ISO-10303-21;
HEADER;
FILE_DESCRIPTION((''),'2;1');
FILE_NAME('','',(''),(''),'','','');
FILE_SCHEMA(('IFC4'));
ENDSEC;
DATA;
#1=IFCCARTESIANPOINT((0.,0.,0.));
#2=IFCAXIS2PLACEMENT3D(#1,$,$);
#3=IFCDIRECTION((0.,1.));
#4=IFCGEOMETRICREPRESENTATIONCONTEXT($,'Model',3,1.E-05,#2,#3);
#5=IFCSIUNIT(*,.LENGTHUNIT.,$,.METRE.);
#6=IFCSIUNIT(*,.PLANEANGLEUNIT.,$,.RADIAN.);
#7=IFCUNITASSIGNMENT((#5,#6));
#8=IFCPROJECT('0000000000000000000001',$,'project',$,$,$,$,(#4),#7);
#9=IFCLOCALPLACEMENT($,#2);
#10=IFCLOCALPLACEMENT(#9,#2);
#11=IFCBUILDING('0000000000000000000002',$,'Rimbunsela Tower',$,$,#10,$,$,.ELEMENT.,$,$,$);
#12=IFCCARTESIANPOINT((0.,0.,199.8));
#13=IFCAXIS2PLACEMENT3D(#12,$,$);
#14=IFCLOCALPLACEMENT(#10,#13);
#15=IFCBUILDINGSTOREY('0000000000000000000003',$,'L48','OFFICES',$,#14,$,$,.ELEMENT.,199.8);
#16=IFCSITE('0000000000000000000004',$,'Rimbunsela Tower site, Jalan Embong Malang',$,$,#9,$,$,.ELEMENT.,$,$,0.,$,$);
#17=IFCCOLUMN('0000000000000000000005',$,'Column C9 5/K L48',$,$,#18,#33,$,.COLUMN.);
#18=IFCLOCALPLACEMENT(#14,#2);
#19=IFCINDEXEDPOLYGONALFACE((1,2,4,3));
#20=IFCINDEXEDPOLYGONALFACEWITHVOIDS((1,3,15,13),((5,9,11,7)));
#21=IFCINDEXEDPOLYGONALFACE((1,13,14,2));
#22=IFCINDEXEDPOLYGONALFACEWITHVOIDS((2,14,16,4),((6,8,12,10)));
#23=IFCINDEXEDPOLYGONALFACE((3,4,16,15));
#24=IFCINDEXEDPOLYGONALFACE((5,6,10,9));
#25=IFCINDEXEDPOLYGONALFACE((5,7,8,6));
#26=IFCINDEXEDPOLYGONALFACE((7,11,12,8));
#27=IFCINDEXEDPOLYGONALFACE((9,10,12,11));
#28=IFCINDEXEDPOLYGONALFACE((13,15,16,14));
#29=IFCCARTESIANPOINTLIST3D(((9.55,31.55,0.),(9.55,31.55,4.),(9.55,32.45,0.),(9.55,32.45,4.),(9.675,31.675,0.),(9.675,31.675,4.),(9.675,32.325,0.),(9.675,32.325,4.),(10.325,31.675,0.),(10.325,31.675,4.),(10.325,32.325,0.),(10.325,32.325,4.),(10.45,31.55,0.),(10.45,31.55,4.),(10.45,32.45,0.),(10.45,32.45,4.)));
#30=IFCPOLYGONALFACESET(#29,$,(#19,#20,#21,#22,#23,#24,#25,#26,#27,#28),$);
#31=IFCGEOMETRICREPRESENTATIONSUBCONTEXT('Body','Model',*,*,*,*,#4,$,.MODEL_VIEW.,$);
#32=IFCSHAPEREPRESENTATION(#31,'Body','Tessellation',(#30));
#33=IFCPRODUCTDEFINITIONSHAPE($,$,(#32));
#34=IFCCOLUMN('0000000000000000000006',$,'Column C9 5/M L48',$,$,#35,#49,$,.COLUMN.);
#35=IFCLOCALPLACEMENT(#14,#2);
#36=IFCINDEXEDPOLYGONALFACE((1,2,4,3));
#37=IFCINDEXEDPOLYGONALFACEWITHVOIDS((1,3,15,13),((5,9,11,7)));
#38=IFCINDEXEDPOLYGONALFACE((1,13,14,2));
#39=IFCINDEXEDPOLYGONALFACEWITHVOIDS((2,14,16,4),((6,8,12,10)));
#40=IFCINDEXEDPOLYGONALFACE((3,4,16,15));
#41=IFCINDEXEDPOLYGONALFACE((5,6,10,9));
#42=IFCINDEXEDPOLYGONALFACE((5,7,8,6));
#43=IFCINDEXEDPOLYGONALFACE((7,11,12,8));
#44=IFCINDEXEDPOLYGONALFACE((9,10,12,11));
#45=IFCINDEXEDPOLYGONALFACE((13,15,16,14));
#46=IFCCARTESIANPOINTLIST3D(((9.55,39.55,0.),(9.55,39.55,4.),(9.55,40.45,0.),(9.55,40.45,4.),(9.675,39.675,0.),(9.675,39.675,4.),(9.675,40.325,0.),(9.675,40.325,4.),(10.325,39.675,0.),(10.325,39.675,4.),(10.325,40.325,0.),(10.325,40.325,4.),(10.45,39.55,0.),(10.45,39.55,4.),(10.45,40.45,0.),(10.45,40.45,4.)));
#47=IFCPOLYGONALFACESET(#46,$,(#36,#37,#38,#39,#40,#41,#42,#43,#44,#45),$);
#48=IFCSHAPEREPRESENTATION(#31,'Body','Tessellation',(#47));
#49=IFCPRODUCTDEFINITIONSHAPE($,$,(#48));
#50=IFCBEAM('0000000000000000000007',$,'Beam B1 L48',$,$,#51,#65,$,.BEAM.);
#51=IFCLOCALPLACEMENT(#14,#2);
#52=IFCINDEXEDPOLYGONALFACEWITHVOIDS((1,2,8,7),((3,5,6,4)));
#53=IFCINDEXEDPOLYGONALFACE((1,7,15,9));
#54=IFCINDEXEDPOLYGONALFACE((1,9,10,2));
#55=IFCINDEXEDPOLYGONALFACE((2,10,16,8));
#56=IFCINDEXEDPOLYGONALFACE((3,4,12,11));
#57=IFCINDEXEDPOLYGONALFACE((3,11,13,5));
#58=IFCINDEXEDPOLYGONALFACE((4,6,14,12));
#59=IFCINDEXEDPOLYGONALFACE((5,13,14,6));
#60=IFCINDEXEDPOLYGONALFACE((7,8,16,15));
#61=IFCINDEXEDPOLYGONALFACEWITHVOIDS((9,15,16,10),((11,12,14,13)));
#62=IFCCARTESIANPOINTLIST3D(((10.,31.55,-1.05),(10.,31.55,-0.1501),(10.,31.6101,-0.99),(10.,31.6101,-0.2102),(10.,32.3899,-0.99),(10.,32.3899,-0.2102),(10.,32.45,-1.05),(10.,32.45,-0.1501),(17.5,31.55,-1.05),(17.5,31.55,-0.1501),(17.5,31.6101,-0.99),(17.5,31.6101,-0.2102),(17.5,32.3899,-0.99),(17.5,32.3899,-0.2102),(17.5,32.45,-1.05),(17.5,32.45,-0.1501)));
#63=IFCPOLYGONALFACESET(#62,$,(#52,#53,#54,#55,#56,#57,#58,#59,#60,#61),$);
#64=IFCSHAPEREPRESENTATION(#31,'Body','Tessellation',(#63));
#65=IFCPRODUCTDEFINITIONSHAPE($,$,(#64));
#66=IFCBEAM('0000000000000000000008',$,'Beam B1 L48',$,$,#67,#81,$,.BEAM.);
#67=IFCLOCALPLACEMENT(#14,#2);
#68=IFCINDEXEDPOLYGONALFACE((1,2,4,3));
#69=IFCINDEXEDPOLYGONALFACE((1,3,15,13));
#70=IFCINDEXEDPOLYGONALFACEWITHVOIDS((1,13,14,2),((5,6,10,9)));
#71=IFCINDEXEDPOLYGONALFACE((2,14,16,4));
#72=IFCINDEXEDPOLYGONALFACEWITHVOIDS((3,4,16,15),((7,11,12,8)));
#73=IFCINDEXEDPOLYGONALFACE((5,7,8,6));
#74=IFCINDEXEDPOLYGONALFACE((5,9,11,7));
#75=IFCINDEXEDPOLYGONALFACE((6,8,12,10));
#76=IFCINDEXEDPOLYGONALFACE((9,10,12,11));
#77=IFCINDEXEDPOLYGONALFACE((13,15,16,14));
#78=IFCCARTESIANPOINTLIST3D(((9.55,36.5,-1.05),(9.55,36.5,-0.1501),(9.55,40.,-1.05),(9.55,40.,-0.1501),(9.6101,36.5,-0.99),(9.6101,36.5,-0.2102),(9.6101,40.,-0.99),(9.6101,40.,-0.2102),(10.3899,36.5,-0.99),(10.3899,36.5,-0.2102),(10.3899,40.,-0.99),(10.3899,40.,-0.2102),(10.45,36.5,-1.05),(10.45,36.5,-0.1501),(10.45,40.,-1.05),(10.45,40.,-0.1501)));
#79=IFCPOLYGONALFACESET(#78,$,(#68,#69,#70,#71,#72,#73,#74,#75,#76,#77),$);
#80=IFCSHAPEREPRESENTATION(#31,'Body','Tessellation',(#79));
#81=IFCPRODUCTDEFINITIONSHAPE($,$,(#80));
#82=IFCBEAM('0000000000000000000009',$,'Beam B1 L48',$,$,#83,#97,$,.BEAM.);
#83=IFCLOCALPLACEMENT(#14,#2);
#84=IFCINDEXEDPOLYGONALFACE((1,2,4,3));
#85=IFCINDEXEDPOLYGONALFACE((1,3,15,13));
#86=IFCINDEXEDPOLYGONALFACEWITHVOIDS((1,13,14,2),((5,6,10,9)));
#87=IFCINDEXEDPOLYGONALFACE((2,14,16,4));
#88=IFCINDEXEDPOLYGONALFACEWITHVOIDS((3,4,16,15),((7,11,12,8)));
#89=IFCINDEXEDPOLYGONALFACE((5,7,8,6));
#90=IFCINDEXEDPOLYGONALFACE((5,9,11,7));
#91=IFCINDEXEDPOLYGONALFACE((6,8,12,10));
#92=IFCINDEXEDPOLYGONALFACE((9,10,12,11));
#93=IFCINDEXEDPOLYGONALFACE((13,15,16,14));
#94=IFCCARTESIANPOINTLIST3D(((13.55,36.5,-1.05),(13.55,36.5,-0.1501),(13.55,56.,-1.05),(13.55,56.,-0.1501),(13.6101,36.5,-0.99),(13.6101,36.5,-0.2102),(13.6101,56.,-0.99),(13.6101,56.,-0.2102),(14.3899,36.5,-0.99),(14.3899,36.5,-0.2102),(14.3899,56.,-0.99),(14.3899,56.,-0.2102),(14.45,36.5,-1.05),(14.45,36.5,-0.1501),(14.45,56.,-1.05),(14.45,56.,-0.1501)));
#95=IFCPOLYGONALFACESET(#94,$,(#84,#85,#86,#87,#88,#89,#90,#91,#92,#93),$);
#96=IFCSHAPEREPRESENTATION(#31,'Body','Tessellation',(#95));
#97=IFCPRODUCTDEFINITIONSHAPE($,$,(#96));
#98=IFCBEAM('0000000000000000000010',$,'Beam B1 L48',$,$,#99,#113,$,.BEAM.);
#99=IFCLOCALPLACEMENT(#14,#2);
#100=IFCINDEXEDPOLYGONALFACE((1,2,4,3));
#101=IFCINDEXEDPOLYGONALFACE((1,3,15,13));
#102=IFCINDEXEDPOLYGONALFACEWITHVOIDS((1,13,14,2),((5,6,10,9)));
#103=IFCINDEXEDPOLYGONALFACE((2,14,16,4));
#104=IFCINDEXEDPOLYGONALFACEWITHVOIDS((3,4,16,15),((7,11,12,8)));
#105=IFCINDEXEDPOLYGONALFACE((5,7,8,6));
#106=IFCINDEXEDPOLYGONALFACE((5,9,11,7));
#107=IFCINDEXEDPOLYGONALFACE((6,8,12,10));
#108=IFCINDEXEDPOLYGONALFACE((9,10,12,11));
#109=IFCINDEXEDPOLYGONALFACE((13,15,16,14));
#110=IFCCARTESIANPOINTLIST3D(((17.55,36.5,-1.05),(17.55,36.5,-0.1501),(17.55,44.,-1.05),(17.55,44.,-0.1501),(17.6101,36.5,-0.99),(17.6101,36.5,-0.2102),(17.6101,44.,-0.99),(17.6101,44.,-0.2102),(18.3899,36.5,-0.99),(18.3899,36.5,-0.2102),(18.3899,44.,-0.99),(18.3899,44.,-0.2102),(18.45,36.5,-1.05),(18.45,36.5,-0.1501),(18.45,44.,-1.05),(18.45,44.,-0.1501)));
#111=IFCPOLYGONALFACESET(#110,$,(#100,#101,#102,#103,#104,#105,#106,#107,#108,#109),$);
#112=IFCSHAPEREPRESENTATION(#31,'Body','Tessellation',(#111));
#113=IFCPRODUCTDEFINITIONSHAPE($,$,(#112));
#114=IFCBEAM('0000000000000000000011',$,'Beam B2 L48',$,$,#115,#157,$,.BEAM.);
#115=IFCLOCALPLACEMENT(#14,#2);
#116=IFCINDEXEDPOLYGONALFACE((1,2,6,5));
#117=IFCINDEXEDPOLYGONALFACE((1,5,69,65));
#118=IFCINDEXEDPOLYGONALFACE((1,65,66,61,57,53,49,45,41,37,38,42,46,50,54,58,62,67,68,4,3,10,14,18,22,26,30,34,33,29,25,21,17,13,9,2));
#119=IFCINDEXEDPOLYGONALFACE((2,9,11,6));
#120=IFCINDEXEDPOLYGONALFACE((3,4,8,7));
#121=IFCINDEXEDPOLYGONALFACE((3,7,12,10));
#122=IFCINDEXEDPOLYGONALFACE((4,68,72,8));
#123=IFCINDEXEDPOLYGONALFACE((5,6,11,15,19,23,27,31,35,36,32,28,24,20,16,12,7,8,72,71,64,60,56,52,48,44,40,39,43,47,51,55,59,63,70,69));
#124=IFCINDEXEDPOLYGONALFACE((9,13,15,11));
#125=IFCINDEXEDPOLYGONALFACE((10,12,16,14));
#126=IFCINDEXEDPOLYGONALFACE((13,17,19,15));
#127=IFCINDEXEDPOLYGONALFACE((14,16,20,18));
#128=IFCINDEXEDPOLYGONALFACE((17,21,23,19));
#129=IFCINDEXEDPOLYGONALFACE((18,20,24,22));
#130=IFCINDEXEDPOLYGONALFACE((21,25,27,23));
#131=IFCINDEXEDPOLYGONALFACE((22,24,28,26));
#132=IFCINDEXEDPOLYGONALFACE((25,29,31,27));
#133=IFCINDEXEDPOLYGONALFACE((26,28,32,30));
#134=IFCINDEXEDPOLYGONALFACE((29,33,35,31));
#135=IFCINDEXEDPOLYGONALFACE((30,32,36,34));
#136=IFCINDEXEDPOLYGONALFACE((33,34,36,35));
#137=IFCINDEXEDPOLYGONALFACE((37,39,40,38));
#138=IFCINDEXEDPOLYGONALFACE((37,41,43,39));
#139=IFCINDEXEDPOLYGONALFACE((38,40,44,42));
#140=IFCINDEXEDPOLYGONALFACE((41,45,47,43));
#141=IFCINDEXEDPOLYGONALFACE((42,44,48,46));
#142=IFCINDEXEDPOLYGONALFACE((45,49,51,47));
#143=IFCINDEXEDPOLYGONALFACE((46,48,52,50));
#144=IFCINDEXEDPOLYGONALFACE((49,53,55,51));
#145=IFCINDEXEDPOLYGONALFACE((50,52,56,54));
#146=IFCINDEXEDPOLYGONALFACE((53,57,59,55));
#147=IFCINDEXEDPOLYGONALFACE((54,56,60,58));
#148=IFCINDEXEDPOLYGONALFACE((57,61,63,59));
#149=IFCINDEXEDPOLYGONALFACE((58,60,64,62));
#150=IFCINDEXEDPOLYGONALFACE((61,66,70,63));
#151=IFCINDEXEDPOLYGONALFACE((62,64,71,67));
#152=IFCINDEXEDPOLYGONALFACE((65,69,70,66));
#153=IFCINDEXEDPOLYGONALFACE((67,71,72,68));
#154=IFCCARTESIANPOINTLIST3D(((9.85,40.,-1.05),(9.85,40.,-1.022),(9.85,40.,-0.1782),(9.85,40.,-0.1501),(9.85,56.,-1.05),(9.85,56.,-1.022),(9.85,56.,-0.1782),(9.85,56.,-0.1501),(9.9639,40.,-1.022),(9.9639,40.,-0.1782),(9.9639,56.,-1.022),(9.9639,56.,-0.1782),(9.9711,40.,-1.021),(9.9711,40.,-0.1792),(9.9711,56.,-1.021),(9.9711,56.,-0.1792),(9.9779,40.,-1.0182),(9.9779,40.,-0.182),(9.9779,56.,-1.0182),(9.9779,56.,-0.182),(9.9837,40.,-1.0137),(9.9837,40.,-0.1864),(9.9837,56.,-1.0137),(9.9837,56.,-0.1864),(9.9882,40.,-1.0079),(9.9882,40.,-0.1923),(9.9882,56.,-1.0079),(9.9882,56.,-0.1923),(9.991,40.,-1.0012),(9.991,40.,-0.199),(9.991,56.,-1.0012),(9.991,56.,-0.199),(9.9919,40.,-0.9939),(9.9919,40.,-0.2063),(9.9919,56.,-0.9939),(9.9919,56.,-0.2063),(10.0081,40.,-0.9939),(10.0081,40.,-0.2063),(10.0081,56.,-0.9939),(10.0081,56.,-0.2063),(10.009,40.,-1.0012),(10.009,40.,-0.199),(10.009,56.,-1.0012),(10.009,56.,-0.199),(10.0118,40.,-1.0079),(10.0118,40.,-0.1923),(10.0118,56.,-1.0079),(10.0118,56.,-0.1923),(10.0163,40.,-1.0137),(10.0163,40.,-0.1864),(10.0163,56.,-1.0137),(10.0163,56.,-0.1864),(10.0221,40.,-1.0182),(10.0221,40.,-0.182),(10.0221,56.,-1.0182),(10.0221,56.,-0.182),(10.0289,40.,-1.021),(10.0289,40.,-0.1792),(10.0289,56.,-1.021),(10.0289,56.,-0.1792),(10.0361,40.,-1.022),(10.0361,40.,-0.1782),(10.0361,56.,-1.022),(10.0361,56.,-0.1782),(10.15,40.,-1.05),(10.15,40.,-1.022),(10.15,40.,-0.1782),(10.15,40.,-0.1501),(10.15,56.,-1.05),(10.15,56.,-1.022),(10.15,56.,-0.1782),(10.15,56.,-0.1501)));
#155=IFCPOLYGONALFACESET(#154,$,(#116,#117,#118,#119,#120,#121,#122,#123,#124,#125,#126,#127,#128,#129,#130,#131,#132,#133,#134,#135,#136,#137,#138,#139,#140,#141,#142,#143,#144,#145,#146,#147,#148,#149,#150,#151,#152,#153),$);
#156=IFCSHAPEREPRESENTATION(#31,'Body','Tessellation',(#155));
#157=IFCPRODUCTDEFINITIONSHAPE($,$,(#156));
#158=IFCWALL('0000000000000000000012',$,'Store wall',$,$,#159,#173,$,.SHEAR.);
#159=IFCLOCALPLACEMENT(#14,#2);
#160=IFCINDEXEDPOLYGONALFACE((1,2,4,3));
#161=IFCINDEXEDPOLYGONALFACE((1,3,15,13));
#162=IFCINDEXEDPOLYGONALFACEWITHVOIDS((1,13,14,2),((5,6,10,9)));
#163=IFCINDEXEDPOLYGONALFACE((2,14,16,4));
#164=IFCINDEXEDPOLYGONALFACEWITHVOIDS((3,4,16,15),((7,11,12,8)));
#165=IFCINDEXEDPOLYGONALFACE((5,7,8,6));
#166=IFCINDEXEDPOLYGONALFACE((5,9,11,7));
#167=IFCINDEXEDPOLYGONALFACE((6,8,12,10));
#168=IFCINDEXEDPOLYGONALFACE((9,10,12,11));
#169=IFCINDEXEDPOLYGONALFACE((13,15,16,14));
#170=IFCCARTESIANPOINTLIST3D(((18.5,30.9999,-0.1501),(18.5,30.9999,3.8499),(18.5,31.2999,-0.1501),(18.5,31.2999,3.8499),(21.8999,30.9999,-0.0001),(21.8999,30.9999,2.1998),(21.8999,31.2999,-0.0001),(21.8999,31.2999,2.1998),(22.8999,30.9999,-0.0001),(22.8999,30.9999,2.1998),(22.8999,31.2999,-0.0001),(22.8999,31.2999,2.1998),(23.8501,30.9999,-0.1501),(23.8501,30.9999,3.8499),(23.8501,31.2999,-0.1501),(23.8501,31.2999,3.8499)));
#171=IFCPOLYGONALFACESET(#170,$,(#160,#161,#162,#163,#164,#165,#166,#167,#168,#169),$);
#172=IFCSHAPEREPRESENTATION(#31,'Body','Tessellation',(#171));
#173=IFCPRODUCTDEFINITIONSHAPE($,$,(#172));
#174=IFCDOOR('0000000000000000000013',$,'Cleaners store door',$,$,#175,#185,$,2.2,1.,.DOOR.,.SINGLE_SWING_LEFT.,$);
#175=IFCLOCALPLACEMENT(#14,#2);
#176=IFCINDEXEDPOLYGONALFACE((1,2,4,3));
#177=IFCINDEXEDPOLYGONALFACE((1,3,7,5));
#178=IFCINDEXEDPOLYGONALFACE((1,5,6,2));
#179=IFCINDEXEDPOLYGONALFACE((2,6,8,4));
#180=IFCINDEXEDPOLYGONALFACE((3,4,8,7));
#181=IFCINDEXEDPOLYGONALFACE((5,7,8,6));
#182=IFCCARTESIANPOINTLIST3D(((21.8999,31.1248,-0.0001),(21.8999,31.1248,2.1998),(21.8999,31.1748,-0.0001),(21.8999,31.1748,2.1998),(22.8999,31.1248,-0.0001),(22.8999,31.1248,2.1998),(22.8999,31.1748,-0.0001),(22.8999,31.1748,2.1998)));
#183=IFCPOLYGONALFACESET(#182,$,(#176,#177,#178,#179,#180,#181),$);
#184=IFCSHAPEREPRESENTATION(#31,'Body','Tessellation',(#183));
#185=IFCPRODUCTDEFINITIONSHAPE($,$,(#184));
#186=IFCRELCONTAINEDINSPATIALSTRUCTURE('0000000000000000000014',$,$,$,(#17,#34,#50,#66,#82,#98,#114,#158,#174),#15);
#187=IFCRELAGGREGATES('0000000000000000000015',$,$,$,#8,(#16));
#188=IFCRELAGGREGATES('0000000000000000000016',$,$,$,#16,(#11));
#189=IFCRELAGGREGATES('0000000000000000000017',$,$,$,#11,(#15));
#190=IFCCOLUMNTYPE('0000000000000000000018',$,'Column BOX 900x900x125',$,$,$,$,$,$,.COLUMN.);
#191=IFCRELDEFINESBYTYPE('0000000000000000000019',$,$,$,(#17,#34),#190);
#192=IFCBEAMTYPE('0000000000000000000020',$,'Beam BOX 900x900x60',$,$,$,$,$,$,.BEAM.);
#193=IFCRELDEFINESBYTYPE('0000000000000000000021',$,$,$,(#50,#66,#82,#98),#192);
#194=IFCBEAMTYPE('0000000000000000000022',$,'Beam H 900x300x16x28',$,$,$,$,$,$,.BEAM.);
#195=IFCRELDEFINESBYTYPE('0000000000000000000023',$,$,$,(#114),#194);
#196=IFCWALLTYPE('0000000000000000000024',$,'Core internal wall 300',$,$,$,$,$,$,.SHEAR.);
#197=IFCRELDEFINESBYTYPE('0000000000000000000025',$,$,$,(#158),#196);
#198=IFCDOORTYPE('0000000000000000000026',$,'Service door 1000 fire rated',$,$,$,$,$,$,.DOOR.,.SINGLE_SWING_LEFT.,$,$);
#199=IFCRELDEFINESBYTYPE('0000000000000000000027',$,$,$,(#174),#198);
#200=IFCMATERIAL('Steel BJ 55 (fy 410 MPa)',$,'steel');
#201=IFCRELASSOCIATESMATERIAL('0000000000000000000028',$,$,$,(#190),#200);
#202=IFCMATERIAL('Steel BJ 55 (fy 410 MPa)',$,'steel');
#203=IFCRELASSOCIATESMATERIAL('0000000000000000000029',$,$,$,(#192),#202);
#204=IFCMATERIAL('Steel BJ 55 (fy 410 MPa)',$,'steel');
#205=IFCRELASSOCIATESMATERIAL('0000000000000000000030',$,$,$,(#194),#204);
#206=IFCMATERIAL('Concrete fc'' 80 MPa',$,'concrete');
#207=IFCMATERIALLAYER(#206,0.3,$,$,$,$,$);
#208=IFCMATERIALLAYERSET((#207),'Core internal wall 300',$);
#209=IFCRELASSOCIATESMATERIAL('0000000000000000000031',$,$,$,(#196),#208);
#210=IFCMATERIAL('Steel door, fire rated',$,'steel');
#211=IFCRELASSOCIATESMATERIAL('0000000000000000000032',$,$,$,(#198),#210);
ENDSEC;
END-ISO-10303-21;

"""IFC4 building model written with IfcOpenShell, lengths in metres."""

from ifc_helpers import new_model, si_unit, direction, frame, frame_2d, origin, origin_2d, place, context, subcontext, project, spatial, rectangle, hollow_rectangle, i_section, extrude, material, layer, layer_set, material_profile, profile_set, type_object, element, fill, save


model = new_model("IFC4")

# Units and contexts
model_context = context("Model", 3, precision=1e-05, world=origin(), true_north=direction((0.0, 1.0)))
body_context = subcontext(model_context, "Body", "Model", "MODEL_VIEW")
ifc_project = project(units=[si_unit("LENGTHUNIT", "METRE"), si_unit("PLANEANGLEUNIT", "RADIAN")], contexts=[model_context])

# Site, building, storey
site_placement = place(None, origin())
site = spatial("IfcSite", under=ifc_project, at=site_placement, Name="Rimbunsela Tower site, Jalan Embong Malang", CompositionType="ELEMENT", RefElevation=0.0)
building_placement = place(site_placement, origin())
building = spatial("IfcBuilding", under=site, at=building_placement, Name="Rimbunsela Tower", CompositionType="ELEMENT")
storey_placement = place(building_placement, frame((0.0, 0.0, 199.8)))
storey = spatial("IfcBuildingStorey", under=building, at=storey_placement, Name="L48", Description="OFFICES", CompositionType="ELEMENT", Elevation=199.8)

# Columns
ifc_material_1 = material(Name="Steel BJ 55 (fy 410 MPa)", Category="steel")
ifc_material_profile_1 = material_profile(ifc_material_1, hollow_rectangle(XDim=0.8999, YDim=0.8999, WallThickness=0.125, at=origin_2d()), Name="BOX 900x900x125")
ifc_profile_set_1 = profile_set([ifc_material_profile_1], Name="Steel BJ 55 (fy 410 MPa)")
column_type = type_object("IfcColumnType", Name="Column BOX 900x900x125", PredefinedType="COLUMN", material=ifc_profile_set_1)
for number, where, z_axis, x_axis, name in (
    (1, (10.0, 32.0, 0.0), (0.0, 0.0, 1.0), (1.0, 0.0, 0.0), "Column C9 5/K L48"),
    (2, (10.0, 40.0, 0.0), (0.0, 0.0, 1.0), (1.0, 0.0, 0.0), "Column C9 5/M L48"),
):
    element("IfcColumn", number, at=place(storey_placement, frame(where, z_axis=z_axis, x_axis=x_axis)), inside=storey, type_object=column_type, Name=name, PredefinedType="COLUMN", context=body_context, shape_type="SweptSolid", body=[
        extrude(hollow_rectangle(XDim=0.8999, YDim=0.8999, WallThickness=0.125, at=origin_2d()), origin(), (0.0, 0.0, 1.0), 4.0),
    ])

# Beams
ifc_material_2 = material(Name="Steel BJ 55 (fy 410 MPa)", Category="steel")
ifc_material_profile_2 = material_profile(ifc_material_2, hollow_rectangle(XDim=0.8999, YDim=0.8999, WallThickness=0.0601, at=origin_2d()), Name="BOX 900x900x60")
ifc_profile_set_2 = profile_set([ifc_material_profile_2], Name="Steel BJ 55 (fy 410 MPa)")
beam_type_1 = type_object("IfcBeamType", Name="Beam BOX 900x900x60", PredefinedType="BEAM", material=ifc_profile_set_2)
beam_1_placement = place(storey_placement, frame((10.0, 32.0, -0.6001), z_axis=(1.0, 0.0, 0.0), x_axis=(0.0, 1.0, 0.0)))
element("IfcBeam", 3, at=beam_1_placement, inside=storey, type_object=beam_type_1, Name="Beam B1 L48", PredefinedType="BEAM", context=body_context, shape_type="SweptSolid", body=[
    extrude(hollow_rectangle(XDim=0.8999, YDim=0.8999, WallThickness=0.0601, at=origin_2d()), origin(), (0.0, 0.0, 1.0), 7.5),
])
beam_2_placement = place(storey_placement, frame((10.0, 36.5, -0.6001), z_axis=(0.0, 1.0, 0.0), x_axis=(-1.0, 0.0, 0.0)))
element("IfcBeam", 4, at=beam_2_placement, inside=storey, type_object=beam_type_1, Name="Beam B1 L48", PredefinedType="BEAM", context=body_context, shape_type="SweptSolid", body=[
    extrude(hollow_rectangle(XDim=0.8999, YDim=0.8999, WallThickness=0.0601, at=origin_2d()), origin(), (0.0, 0.0, 1.0), 3.5),
])
beam_3_placement = place(storey_placement, frame((14.0, 36.5, -0.6001), z_axis=(0.0, 1.0, 0.0), x_axis=(-1.0, 0.0, 0.0)))
element("IfcBeam", 5, at=beam_3_placement, inside=storey, type_object=beam_type_1, Name="Beam B1 L48", PredefinedType="BEAM", context=body_context, shape_type="SweptSolid", body=[
    extrude(hollow_rectangle(XDim=0.8999, YDim=0.8999, WallThickness=0.0601, at=origin_2d()), origin(), (0.0, 0.0, 1.0), 19.5),
])
beam_4_placement = place(storey_placement, frame((18.0, 36.5, -0.6001), z_axis=(0.0, 1.0, 0.0), x_axis=(-1.0, 0.0, 0.0)))
element("IfcBeam", 6, at=beam_4_placement, inside=storey, type_object=beam_type_1, Name="Beam B1 L48", PredefinedType="BEAM", context=body_context, shape_type="SweptSolid", body=[
    extrude(hollow_rectangle(XDim=0.8999, YDim=0.8999, WallThickness=0.0601, at=origin_2d()), origin(), (0.0, 0.0, 1.0), 7.5),
])
ifc_material_3 = material(Name="Steel BJ 55 (fy 410 MPa)", Category="steel")
ifc_material_profile_3 = material_profile(ifc_material_3, i_section(OverallWidth=0.3, OverallDepth=0.8999, WebThickness=0.0161, FlangeThickness=0.0281, FilletRadius=0.0281, at=origin_2d()), Name="H 900x300x16x28")
ifc_profile_set_3 = profile_set([ifc_material_profile_3], Name="Steel BJ 55 (fy 410 MPa)")
beam_type_2 = type_object("IfcBeamType", Name="Beam H 900x300x16x28", PredefinedType="BEAM", material=ifc_profile_set_3)
beam_5_placement = place(storey_placement, frame((10.0, 40.0, -0.6001), z_axis=(0.0, 1.0, 0.0), x_axis=(-1.0, 0.0, 0.0)))
element("IfcBeam", 7, at=beam_5_placement, inside=storey, type_object=beam_type_2, Name="Beam B2 L48", PredefinedType="BEAM", context=body_context, shape_type="SweptSolid", body=[
    extrude(i_section(OverallWidth=0.3, OverallDepth=0.8999, WebThickness=0.0161, FlangeThickness=0.0281, FilletRadius=0.0281, at=origin_2d()), origin(), (0.0, 0.0, 1.0), 16.0),
])

# Wall, opening, door
ifc_material_4 = material(Name="Concrete fc' 80 MPa", Category="concrete")
ifc_layer_1 = layer(ifc_material_4, 0.3)
ifc_layer_set_1 = layer_set([ifc_layer_1], Name="Core internal wall 300")
wall_type_1 = type_object("IfcWallType", Name="Core internal wall 300", PredefinedType="SHEAR", material=ifc_layer_set_1)
wall_1_placement = place(storey_placement, frame((18.5, 31.1499, -0.1501), z_axis=(0.0, 0.0, 1.0), x_axis=(1.0, 0.0, 0.0)))
wall_1 = element("IfcWall", 8, at=wall_1_placement, inside=storey, type_object=wall_type_1, Name="Store wall", PredefinedType="SHEAR", context=body_context, shape_type="SweptSolid", body=[
    extrude(rectangle(XDim=5.3501, YDim=0.3, at=frame_2d((2.675, 0.0))), origin(), (0.0, 0.0, 1.0), 4.0),
])
opening_1_placement = place(wall_1_placement, frame((3.3999, 0.0, 0.1499)))
opening_1 = element("IfcOpeningElement", 9, at=opening_1_placement, cuts=wall_1, PredefinedType="OPENING", context=body_context, shape_type="SweptSolid", body=[
    extrude(rectangle(XDim=1.0, YDim=2.2, at=frame_2d((0.5, 1.1001))), frame((0.0, 0.1599, 0.0), z_axis=(0.0, -1.0, 0.0), x_axis=(1.0, 0.0, 0.0)), (0.0, 0.0, 1.0), 0.3201),
])
ifc_material_5 = material(Name="Steel door, fire rated", Category="steel")
door_type_1 = type_object("IfcDoorType", Name="Service door 1000 fire rated", OperationType="SINGLE_SWING_LEFT", PredefinedType="DOOR", material=ifc_material_5)
door_1_placement = place(opening_1_placement, origin())
door_1 = element("IfcDoor", 10, at=door_1_placement, inside=storey, type_object=door_type_1, Name="Cleaners store door", OperationType="SINGLE_SWING_LEFT", OverallHeight=2.2, OverallWidth=1.0, PredefinedType="DOOR", context=body_context, shape_type="SweptSolid", body=[
    extrude(rectangle(XDim=1.0, YDim=2.2, at=frame_2d((0.5, 1.1001))), frame((0.0, 0.0249, 0.0), z_axis=(0.0, -1.0, 0.0), x_axis=(1.0, 0.0, 0.0)), (0.0, 0.0, 1.0), 0.05),
])
fill(opening_1, door_1)

save(model, "model.ifc")
